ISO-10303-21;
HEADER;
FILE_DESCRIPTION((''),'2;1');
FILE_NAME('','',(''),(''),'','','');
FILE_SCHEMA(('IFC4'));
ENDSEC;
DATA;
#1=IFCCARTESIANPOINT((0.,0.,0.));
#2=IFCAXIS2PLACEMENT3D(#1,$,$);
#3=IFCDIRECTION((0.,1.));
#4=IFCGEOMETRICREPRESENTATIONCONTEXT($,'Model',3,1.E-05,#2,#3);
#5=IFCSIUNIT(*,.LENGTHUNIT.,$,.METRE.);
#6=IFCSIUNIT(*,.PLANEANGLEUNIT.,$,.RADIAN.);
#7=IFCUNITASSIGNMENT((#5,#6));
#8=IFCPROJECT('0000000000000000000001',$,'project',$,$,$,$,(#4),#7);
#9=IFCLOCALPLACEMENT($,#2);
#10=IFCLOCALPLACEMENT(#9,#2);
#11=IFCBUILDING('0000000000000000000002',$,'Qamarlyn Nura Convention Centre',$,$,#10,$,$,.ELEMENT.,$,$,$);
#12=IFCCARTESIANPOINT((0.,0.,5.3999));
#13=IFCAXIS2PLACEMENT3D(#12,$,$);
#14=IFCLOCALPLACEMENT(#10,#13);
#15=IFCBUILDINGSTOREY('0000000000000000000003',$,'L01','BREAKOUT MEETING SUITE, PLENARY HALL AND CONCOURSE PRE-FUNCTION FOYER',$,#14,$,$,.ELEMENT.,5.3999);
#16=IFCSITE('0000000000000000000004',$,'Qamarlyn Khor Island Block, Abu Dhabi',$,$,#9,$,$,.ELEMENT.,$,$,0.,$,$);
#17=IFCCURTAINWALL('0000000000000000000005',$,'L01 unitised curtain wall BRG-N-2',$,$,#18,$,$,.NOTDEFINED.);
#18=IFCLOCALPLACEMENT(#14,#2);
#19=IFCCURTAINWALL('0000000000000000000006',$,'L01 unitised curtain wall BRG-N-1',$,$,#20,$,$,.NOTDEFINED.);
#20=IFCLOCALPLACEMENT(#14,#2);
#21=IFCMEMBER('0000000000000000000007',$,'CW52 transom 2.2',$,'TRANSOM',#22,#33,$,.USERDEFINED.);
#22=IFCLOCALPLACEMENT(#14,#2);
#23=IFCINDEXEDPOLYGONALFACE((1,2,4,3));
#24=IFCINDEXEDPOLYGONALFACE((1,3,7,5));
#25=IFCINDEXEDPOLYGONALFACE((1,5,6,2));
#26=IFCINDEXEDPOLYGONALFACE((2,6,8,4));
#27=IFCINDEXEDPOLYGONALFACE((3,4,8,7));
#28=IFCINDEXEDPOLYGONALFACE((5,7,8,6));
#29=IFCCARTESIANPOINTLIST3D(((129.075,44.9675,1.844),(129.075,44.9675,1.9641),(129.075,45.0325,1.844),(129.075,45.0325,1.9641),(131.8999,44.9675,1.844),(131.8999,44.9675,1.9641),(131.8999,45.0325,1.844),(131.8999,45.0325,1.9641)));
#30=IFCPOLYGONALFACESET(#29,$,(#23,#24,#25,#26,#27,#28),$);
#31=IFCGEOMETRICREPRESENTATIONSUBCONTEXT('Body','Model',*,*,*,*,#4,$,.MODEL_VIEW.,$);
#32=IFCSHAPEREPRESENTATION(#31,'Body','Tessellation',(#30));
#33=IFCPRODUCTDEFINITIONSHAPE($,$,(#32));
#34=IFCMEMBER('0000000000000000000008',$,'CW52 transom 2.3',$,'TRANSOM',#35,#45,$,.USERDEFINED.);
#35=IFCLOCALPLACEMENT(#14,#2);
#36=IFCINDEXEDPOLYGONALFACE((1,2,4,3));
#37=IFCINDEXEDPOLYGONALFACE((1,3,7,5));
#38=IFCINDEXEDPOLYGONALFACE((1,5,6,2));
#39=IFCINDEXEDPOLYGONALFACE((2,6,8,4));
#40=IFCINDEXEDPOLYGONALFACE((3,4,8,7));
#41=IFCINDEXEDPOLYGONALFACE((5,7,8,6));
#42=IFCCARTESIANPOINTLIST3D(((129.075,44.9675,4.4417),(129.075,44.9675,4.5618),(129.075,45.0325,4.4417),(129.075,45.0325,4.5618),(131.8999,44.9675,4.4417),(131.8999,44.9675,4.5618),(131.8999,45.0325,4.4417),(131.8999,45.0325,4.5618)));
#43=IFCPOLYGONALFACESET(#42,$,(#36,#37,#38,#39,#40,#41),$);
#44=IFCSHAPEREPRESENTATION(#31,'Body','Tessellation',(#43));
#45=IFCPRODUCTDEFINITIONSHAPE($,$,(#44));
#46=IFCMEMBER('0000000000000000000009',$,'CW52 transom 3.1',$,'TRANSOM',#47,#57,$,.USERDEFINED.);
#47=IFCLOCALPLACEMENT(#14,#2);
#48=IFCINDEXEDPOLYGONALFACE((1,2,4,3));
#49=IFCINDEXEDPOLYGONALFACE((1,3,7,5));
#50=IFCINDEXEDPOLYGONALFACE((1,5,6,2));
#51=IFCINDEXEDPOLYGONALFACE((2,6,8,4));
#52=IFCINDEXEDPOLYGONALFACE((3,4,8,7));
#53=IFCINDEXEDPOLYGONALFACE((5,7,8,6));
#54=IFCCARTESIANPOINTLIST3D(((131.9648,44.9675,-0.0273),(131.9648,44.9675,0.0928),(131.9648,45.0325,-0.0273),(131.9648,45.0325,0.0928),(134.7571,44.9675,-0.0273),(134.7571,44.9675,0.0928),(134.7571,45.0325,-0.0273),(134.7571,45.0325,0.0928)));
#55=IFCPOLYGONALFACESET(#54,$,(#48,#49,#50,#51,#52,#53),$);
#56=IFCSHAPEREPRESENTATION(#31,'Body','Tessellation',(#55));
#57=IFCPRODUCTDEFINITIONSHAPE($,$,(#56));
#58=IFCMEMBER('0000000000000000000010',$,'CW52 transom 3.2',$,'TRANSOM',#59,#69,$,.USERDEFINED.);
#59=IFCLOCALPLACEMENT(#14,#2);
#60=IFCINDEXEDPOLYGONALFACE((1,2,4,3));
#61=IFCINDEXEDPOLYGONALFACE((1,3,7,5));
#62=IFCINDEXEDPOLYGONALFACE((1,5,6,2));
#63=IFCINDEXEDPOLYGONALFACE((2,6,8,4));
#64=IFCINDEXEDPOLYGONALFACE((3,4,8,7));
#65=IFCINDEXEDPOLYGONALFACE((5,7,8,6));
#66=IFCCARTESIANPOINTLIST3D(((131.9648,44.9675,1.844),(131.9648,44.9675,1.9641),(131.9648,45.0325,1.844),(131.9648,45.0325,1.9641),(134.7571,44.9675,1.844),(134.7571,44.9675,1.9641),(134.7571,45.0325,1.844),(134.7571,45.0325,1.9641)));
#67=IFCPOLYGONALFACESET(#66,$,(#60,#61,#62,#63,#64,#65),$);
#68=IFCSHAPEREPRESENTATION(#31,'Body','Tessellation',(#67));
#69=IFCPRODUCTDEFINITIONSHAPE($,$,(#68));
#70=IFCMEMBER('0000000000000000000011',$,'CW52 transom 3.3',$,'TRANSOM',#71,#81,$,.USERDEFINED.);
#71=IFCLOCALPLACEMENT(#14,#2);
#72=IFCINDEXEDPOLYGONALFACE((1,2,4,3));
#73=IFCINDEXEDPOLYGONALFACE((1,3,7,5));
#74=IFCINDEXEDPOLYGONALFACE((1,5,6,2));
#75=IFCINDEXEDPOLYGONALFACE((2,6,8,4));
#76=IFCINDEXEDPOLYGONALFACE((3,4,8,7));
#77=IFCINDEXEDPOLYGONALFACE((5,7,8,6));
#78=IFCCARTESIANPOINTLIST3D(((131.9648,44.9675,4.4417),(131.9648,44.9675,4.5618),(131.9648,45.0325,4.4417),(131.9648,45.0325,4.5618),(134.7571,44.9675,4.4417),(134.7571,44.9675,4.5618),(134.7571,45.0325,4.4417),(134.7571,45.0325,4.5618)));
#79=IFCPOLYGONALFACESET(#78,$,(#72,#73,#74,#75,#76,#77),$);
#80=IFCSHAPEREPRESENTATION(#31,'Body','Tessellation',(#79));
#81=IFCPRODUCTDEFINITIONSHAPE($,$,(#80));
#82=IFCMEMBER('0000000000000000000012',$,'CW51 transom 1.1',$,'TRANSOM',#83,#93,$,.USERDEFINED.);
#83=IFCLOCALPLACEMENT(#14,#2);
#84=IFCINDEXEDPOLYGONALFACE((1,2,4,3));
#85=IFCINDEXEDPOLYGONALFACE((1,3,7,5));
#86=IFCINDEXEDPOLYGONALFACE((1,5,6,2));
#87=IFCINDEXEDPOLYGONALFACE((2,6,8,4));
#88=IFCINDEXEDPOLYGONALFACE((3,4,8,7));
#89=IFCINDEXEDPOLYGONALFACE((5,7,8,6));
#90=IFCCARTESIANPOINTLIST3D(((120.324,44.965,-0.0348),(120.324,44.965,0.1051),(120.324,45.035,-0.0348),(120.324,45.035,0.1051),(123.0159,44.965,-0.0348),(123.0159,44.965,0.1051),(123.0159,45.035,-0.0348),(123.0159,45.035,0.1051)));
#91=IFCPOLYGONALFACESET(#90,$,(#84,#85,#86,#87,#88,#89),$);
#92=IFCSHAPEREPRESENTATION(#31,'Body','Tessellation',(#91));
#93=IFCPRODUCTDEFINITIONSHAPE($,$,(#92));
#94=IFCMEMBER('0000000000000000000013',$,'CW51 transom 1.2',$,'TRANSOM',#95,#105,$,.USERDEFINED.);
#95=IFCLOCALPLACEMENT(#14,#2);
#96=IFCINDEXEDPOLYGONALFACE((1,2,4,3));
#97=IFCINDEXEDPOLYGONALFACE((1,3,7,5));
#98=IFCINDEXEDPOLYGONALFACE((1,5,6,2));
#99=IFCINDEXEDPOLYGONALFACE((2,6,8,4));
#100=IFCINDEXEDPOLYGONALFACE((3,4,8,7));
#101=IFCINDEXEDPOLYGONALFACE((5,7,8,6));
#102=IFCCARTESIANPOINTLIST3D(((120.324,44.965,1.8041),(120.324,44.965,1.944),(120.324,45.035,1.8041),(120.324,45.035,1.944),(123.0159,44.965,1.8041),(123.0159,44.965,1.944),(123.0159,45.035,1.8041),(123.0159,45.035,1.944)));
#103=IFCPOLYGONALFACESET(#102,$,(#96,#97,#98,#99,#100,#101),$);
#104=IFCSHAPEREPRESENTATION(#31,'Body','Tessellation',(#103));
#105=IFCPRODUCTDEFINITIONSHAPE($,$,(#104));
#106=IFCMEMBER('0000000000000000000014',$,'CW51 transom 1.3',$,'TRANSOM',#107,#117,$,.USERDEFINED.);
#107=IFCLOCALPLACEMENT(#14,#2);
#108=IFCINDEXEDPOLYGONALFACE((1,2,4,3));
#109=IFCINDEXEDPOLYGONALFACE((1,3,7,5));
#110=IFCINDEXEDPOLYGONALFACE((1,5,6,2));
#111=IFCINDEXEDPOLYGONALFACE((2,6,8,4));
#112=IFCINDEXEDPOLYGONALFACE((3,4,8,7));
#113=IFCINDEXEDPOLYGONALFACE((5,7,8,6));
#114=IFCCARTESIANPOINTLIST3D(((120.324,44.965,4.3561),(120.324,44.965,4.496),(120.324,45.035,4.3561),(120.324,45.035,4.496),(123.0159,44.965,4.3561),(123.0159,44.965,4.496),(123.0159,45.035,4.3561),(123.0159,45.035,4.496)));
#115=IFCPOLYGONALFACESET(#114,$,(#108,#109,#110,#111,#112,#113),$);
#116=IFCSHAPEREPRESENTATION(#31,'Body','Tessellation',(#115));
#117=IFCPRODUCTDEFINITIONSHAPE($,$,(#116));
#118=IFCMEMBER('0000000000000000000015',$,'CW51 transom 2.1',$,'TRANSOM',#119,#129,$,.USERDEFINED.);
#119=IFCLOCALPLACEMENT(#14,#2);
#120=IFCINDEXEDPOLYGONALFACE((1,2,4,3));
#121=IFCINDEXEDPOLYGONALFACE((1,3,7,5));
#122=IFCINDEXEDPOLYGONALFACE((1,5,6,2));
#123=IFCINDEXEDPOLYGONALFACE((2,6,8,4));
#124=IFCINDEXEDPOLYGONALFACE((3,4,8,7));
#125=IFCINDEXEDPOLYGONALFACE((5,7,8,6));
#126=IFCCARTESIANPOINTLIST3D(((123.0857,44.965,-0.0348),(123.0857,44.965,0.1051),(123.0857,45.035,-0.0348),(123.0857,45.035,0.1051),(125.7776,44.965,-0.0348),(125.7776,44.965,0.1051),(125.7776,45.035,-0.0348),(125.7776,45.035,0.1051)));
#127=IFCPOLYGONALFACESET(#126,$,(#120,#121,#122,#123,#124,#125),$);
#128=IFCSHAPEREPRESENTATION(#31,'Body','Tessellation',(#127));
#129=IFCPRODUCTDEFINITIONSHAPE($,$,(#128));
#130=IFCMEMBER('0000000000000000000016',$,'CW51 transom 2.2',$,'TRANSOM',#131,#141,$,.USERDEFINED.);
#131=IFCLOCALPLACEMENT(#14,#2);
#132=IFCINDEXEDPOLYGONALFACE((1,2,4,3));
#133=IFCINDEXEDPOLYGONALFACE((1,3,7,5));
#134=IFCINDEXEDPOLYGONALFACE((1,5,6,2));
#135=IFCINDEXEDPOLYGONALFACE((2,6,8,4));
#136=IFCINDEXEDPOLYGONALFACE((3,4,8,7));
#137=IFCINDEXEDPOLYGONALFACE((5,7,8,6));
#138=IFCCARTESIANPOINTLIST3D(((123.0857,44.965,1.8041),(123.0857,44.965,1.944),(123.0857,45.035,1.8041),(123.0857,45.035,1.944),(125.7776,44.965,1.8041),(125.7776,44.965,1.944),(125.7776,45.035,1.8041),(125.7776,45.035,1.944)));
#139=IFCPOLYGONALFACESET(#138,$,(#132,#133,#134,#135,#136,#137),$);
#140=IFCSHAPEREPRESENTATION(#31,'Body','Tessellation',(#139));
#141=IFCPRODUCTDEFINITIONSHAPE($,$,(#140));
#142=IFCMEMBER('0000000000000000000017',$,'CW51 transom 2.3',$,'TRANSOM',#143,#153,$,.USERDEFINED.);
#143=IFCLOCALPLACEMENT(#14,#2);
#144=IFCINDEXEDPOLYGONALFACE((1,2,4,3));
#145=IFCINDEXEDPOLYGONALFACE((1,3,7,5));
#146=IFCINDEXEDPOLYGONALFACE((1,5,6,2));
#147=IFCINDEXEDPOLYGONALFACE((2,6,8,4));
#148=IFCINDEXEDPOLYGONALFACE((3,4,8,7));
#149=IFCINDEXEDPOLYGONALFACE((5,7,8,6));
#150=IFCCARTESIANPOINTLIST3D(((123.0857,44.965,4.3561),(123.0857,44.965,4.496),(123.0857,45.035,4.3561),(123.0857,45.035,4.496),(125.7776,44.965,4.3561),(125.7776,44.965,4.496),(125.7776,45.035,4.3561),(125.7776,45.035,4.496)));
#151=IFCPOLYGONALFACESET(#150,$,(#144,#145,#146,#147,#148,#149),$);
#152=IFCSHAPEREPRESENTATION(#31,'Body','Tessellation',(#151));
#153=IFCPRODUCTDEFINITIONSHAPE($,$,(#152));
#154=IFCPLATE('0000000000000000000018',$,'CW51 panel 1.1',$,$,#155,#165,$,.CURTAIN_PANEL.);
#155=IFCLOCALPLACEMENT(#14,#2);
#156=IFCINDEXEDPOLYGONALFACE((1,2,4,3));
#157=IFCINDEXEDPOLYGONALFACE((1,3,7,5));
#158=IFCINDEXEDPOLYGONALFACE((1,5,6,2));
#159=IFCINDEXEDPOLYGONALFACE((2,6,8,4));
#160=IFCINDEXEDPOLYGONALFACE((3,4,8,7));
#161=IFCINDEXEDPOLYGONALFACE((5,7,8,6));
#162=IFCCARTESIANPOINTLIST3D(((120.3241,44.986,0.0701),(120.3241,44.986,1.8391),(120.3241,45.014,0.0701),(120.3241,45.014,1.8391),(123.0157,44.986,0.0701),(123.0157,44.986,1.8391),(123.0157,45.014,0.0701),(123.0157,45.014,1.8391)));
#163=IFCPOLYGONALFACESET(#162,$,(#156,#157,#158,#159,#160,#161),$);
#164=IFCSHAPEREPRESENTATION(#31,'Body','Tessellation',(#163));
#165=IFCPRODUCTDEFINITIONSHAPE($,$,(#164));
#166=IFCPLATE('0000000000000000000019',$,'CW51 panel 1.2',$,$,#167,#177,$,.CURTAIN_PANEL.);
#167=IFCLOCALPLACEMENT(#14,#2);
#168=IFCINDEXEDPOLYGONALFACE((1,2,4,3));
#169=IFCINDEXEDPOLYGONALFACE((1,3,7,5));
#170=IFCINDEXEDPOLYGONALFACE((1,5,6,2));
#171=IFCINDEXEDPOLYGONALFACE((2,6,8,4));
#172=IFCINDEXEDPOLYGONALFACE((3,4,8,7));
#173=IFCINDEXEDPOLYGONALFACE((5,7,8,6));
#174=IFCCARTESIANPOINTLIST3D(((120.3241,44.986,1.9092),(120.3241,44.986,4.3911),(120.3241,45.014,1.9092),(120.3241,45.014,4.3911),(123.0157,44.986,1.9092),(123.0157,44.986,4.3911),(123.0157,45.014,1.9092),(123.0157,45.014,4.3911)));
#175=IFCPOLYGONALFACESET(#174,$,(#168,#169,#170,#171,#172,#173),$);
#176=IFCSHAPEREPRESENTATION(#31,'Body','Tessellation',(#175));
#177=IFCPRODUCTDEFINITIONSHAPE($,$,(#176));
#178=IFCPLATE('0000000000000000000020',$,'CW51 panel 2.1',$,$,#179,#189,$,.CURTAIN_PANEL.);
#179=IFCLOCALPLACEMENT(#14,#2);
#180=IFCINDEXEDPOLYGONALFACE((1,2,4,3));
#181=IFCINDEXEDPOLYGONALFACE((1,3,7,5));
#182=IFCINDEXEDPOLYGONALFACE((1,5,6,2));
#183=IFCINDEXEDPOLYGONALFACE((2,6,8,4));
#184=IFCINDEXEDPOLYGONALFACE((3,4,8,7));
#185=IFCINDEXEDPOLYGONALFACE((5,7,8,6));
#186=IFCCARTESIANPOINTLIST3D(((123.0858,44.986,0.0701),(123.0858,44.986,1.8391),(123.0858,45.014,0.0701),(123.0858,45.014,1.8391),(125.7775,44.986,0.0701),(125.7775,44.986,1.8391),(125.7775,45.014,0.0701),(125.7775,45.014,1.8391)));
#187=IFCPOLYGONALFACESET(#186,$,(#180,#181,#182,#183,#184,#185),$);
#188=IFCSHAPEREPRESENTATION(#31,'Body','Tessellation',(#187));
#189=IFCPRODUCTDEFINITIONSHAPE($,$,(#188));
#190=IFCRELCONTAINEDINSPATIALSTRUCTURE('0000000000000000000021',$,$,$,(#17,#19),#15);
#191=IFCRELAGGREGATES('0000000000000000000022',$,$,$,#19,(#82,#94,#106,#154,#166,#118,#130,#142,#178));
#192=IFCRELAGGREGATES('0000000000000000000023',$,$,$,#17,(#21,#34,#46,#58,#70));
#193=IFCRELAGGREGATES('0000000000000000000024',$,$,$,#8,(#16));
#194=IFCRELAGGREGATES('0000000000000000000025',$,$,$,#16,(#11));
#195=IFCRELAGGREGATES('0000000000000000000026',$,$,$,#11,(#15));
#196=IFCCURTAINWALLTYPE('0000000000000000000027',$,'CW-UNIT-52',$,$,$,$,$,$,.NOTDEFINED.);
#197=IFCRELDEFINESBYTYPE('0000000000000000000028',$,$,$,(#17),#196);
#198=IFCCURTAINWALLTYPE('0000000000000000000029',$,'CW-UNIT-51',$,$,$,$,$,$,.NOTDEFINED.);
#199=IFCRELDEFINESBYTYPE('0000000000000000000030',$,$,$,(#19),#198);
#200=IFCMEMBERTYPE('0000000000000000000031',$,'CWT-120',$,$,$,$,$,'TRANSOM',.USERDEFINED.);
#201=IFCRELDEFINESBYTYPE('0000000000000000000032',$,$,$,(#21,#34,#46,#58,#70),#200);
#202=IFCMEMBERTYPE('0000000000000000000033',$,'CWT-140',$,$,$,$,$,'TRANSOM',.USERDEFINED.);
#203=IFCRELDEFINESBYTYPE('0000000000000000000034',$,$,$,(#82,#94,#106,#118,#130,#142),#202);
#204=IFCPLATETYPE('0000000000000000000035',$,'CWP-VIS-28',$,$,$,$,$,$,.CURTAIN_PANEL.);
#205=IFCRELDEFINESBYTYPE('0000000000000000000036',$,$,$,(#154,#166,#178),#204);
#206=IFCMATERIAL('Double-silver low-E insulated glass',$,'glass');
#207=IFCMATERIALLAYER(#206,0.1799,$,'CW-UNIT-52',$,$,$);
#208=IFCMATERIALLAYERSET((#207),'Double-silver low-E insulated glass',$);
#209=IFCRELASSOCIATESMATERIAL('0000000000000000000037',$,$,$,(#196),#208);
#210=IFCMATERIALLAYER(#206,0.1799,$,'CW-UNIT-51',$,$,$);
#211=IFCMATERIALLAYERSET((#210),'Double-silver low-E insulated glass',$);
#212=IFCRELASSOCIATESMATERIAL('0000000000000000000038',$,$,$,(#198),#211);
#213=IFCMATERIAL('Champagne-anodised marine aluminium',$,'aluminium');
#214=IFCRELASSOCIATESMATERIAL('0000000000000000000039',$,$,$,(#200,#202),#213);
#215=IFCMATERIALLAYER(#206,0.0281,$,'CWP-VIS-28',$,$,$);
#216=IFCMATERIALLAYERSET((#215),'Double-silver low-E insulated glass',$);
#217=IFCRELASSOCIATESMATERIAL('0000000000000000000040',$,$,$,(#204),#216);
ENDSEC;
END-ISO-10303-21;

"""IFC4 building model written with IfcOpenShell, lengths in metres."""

from ifc_helpers import new_model, si_unit, direction, frame, origin, origin_2d, place, context, subcontext, project, spatial, rectangle, extrude, material, layer, layer_set, material_profile, profile_set, type_object, element, aggregate, save


model = new_model("IFC4")

# Units and contexts
model_context = context("Model", 3, precision=1e-05, world=origin(), true_north=direction((0.0, 1.0)))
body_context = subcontext(model_context, "Body", "Model", "MODEL_VIEW")
ifc_project = project(units=[si_unit("LENGTHUNIT", "METRE"), si_unit("PLANEANGLEUNIT", "RADIAN")], contexts=[model_context])

# Site, building, storey
site_placement = place(None, origin())
site = spatial("IfcSite", under=ifc_project, at=site_placement, Name="Qamarlyn Khor Island Block, Abu Dhabi", CompositionType="ELEMENT", RefElevation=0.0)
building_placement = place(site_placement, origin())
building = spatial("IfcBuilding", under=site, at=building_placement, Name="Qamarlyn Nura Convention Centre", CompositionType="ELEMENT")
storey_placement = place(building_placement, frame((0.0, 0.0, 5.3999)))
storey = spatial("IfcBuildingStorey", under=building, at=storey_placement, Name="L01", Description="BREAKOUT MEETING SUITE, PLENARY HALL AND CONCOURSE PRE-FUNCTION FOYER", CompositionType="ELEMENT", Elevation=5.3999)

# Curtain walls
ifc_material_1 = material(Name="Double-silver low-E insulated glass", Category="glass")
ifc_layer_1 = layer(ifc_material_1, 0.1799, Name="CW-UNIT-52")
ifc_layer_set_1 = layer_set([ifc_layer_1], Name="Double-silver low-E insulated glass")
curtain_wall_type_1 = type_object("IfcCurtainWallType", Name="CW-UNIT-52", PredefinedType="NOTDEFINED", material=ifc_layer_set_1)
curtain_wall_1_placement = place(storey_placement, origin())
curtain_wall_1 = element("IfcCurtainWall", 1, at=curtain_wall_1_placement, inside=storey, type_object=curtain_wall_type_1, Name="L01 unitised curtain wall BRG-N-2", PredefinedType="NOTDEFINED")
ifc_material_2 = material(Name="Champagne-anodised marine aluminium", Category="aluminium")
ifc_layer_2 = layer(ifc_material_1, 0.1799, Name="CW-UNIT-51")
ifc_layer_set_2 = layer_set([ifc_layer_2], Name="Double-silver low-E insulated glass")
curtain_wall_type_2 = type_object("IfcCurtainWallType", Name="CW-UNIT-51", PredefinedType="NOTDEFINED", material=ifc_layer_set_2)
curtain_wall_2_placement = place(storey_placement, origin())
curtain_wall_2 = element("IfcCurtainWall", 2, at=curtain_wall_2_placement, inside=storey, type_object=curtain_wall_type_2, Name="L01 unitised curtain wall BRG-N-1", PredefinedType="NOTDEFINED")

# Members
ifc_material_profile_1 = material_profile(ifc_material_2, rectangle(XDim=0.0649, YDim=0.1201, at=origin_2d()), Name="ALU TRANSOM 65x120")
ifc_profile_set_1 = profile_set([ifc_material_profile_1], Name="Champagne-anodised marine aluminium")
member_type_1 = type_object("IfcMemberType", Name="CWT-120", ElementType="TRANSOM", PredefinedType="USERDEFINED", material=ifc_profile_set_1)
member_1_placement = place(storey_placement, frame((129.075, 45.0, 1.9041), z_axis=(1.0, 0.0, 0.0), x_axis=(0.0, 1.0, 0.0)))
member_1 = element("IfcMember", 3, at=member_1_placement, type_object=member_type_1, Name="CW52 transom 2.2", ObjectType="TRANSOM", PredefinedType="USERDEFINED", context=body_context, shape_type="SweptSolid", body=[
    extrude(rectangle(XDim=0.0649, YDim=0.1201, at=origin_2d()), origin(), (0.0, 0.0, 1.0), 2.825),
])
member_2_placement = place(storey_placement, frame((129.075, 45.0, 4.5017), z_axis=(1.0, 0.0, 0.0), x_axis=(0.0, 1.0, 0.0)))
member_2 = element("IfcMember", 4, at=member_2_placement, type_object=member_type_1, Name="CW52 transom 2.3", ObjectType="TRANSOM", PredefinedType="USERDEFINED", context=body_context, shape_type="SweptSolid", body=[
    extrude(rectangle(XDim=0.0649, YDim=0.1201, at=origin_2d()), origin(), (0.0, 0.0, 1.0), 2.825),
])
member_3_placement = place(storey_placement, frame((131.9648, 45.0, 0.0327), z_axis=(1.0, 0.0, 0.0), x_axis=(0.0, 1.0, 0.0)))
member_3 = element("IfcMember", 5, at=member_3_placement, type_object=member_type_1, Name="CW52 transom 3.1", ObjectType="TRANSOM", PredefinedType="USERDEFINED", context=body_context, shape_type="SweptSolid", body=[
    extrude(rectangle(XDim=0.0649, YDim=0.1201, at=origin_2d()), origin(), (0.0, 0.0, 1.0), 2.7922),
])
member_4_placement = place(storey_placement, frame((131.9648, 45.0, 1.9041), z_axis=(1.0, 0.0, 0.0), x_axis=(0.0, 1.0, 0.0)))
member_4 = element("IfcMember", 6, at=member_4_placement, type_object=member_type_1, Name="CW52 transom 3.2", ObjectType="TRANSOM", PredefinedType="USERDEFINED", context=body_context, shape_type="SweptSolid", body=[
    extrude(rectangle(XDim=0.0649, YDim=0.1201, at=origin_2d()), origin(), (0.0, 0.0, 1.0), 2.7922),
])
member_5_placement = place(storey_placement, frame((131.9648, 45.0, 4.5017), z_axis=(1.0, 0.0, 0.0), x_axis=(0.0, 1.0, 0.0)))
member_5 = element("IfcMember", 7, at=member_5_placement, type_object=member_type_1, Name="CW52 transom 3.3", ObjectType="TRANSOM", PredefinedType="USERDEFINED", context=body_context, shape_type="SweptSolid", body=[
    extrude(rectangle(XDim=0.0649, YDim=0.1201, at=origin_2d()), origin(), (0.0, 0.0, 1.0), 2.7922),
])
ifc_material_profile_2 = material_profile(ifc_material_2, rectangle(XDim=0.0701, YDim=0.1399, at=origin_2d()), Name="ALU TRANSOM 70x140")
ifc_profile_set_2 = profile_set([ifc_material_profile_2], Name="Champagne-anodised marine aluminium")
member_type_2 = type_object("IfcMemberType", Name="CWT-140", ElementType="TRANSOM", PredefinedType="USERDEFINED", material=ifc_profile_set_2)
member_6_placement = place(storey_placement, frame((120.324, 45.0, 0.0352), z_axis=(1.0, 0.0, 0.0), x_axis=(0.0, 1.0, 0.0)))
member_6 = element("IfcMember", 8, at=member_6_placement, type_object=member_type_2, Name="CW51 transom 1.1", ObjectType="TRANSOM", PredefinedType="USERDEFINED", context=body_context, shape_type="SweptSolid", body=[
    extrude(rectangle(XDim=0.0701, YDim=0.1399, at=origin_2d()), origin(), (0.0, 0.0, 1.0), 2.6919),
])
member_7_placement = place(storey_placement, frame((120.324, 45.0, 1.874), z_axis=(1.0, 0.0, 0.0), x_axis=(0.0, 1.0, 0.0)))
member_7 = element("IfcMember", 9, at=member_7_placement, type_object=member_type_2, Name="CW51 transom 1.2", ObjectType="TRANSOM", PredefinedType="USERDEFINED", context=body_context, shape_type="SweptSolid", body=[
    extrude(rectangle(XDim=0.0701, YDim=0.1399, at=origin_2d()), origin(), (0.0, 0.0, 1.0), 2.6919),
])
member_8_placement = place(storey_placement, frame((120.324, 45.0, 4.426), z_axis=(1.0, 0.0, 0.0), x_axis=(0.0, 1.0, 0.0)))
member_8 = element("IfcMember", 10, at=member_8_placement, type_object=member_type_2, Name="CW51 transom 1.3", ObjectType="TRANSOM", PredefinedType="USERDEFINED", context=body_context, shape_type="SweptSolid", body=[
    extrude(rectangle(XDim=0.0701, YDim=0.1399, at=origin_2d()), origin(), (0.0, 0.0, 1.0), 2.6919),
])
member_9_placement = place(storey_placement, frame((123.0857, 45.0, 0.0352), z_axis=(1.0, 0.0, 0.0), x_axis=(0.0, 1.0, 0.0)))
member_9 = element("IfcMember", 11, at=member_9_placement, type_object=member_type_2, Name="CW51 transom 2.1", ObjectType="TRANSOM", PredefinedType="USERDEFINED", context=body_context, shape_type="SweptSolid", body=[
    extrude(rectangle(XDim=0.0701, YDim=0.1399, at=origin_2d()), origin(), (0.0, 0.0, 1.0), 2.6919),
])
member_10_placement = place(storey_placement, frame((123.0857, 45.0, 1.874), z_axis=(1.0, 0.0, 0.0), x_axis=(0.0, 1.0, 0.0)))
member_10 = element("IfcMember", 12, at=member_10_placement, type_object=member_type_2, Name="CW51 transom 2.2", ObjectType="TRANSOM", PredefinedType="USERDEFINED", context=body_context, shape_type="SweptSolid", body=[
    extrude(rectangle(XDim=0.0701, YDim=0.1399, at=origin_2d()), origin(), (0.0, 0.0, 1.0), 2.6919),
])
member_11_placement = place(storey_placement, frame((123.0857, 45.0, 4.426), z_axis=(1.0, 0.0, 0.0), x_axis=(0.0, 1.0, 0.0)))
member_11 = element("IfcMember", 13, at=member_11_placement, type_object=member_type_2, Name="CW51 transom 2.3", ObjectType="TRANSOM", PredefinedType="USERDEFINED", context=body_context, shape_type="SweptSolid", body=[
    extrude(rectangle(XDim=0.0701, YDim=0.1399, at=origin_2d()), origin(), (0.0, 0.0, 1.0), 2.6919),
])

# Plates
ifc_layer_3 = layer(ifc_material_1, 0.0281, Name="CWP-VIS-28")
ifc_layer_set_3 = layer_set([ifc_layer_3], Name="Double-silver low-E insulated glass")
plate_type_1 = type_object("IfcPlateType", Name="CWP-VIS-28", PredefinedType="CURTAIN_PANEL", material=ifc_layer_set_3)
plate_1_placement = place(storey_placement, frame((121.6699, 45.0, 0.0701), z_axis=(0.0, 0.0, 1.0), x_axis=(1.0, 0.0, 0.0)))
plate_1 = element("IfcPlate", 14, at=plate_1_placement, type_object=plate_type_1, Name="CW51 panel 1.1", PredefinedType="CURTAIN_PANEL", context=body_context, shape_type="SweptSolid", body=[
    extrude(rectangle(XDim=2.6917, YDim=0.0281, at=origin_2d()), origin(), (0.0, 0.0, 1.0), 1.769),
])
plate_2_placement = place(storey_placement, frame((121.6699, 45.0, 1.9092), z_axis=(0.0, 0.0, 1.0), x_axis=(1.0, 0.0, 0.0)))
plate_2 = element("IfcPlate", 15, at=plate_2_placement, type_object=plate_type_1, Name="CW51 panel 1.2", PredefinedType="CURTAIN_PANEL", context=body_context, shape_type="SweptSolid", body=[
    extrude(rectangle(XDim=2.6917, YDim=0.0281, at=origin_2d()), origin(), (0.0, 0.0, 1.0), 2.4819),
])
plate_3_placement = place(storey_placement, frame((124.4316, 45.0, 0.0701), z_axis=(0.0, 0.0, 1.0), x_axis=(1.0, 0.0, 0.0)))
plate_3 = element("IfcPlate", 16, at=plate_3_placement, type_object=plate_type_1, Name="CW51 panel 2.1", PredefinedType="CURTAIN_PANEL", context=body_context, shape_type="SweptSolid", body=[
    extrude(rectangle(XDim=2.6917, YDim=0.0281, at=origin_2d()), origin(), (0.0, 0.0, 1.0), 1.769),
])
aggregate(curtain_wall_2, [member_6, member_7, member_8, plate_1, plate_2, member_9, member_10, member_11, plate_3])
aggregate(curtain_wall_1, [member_1, member_2, member_3, member_4, member_5])

save(model, "model.ifc")
